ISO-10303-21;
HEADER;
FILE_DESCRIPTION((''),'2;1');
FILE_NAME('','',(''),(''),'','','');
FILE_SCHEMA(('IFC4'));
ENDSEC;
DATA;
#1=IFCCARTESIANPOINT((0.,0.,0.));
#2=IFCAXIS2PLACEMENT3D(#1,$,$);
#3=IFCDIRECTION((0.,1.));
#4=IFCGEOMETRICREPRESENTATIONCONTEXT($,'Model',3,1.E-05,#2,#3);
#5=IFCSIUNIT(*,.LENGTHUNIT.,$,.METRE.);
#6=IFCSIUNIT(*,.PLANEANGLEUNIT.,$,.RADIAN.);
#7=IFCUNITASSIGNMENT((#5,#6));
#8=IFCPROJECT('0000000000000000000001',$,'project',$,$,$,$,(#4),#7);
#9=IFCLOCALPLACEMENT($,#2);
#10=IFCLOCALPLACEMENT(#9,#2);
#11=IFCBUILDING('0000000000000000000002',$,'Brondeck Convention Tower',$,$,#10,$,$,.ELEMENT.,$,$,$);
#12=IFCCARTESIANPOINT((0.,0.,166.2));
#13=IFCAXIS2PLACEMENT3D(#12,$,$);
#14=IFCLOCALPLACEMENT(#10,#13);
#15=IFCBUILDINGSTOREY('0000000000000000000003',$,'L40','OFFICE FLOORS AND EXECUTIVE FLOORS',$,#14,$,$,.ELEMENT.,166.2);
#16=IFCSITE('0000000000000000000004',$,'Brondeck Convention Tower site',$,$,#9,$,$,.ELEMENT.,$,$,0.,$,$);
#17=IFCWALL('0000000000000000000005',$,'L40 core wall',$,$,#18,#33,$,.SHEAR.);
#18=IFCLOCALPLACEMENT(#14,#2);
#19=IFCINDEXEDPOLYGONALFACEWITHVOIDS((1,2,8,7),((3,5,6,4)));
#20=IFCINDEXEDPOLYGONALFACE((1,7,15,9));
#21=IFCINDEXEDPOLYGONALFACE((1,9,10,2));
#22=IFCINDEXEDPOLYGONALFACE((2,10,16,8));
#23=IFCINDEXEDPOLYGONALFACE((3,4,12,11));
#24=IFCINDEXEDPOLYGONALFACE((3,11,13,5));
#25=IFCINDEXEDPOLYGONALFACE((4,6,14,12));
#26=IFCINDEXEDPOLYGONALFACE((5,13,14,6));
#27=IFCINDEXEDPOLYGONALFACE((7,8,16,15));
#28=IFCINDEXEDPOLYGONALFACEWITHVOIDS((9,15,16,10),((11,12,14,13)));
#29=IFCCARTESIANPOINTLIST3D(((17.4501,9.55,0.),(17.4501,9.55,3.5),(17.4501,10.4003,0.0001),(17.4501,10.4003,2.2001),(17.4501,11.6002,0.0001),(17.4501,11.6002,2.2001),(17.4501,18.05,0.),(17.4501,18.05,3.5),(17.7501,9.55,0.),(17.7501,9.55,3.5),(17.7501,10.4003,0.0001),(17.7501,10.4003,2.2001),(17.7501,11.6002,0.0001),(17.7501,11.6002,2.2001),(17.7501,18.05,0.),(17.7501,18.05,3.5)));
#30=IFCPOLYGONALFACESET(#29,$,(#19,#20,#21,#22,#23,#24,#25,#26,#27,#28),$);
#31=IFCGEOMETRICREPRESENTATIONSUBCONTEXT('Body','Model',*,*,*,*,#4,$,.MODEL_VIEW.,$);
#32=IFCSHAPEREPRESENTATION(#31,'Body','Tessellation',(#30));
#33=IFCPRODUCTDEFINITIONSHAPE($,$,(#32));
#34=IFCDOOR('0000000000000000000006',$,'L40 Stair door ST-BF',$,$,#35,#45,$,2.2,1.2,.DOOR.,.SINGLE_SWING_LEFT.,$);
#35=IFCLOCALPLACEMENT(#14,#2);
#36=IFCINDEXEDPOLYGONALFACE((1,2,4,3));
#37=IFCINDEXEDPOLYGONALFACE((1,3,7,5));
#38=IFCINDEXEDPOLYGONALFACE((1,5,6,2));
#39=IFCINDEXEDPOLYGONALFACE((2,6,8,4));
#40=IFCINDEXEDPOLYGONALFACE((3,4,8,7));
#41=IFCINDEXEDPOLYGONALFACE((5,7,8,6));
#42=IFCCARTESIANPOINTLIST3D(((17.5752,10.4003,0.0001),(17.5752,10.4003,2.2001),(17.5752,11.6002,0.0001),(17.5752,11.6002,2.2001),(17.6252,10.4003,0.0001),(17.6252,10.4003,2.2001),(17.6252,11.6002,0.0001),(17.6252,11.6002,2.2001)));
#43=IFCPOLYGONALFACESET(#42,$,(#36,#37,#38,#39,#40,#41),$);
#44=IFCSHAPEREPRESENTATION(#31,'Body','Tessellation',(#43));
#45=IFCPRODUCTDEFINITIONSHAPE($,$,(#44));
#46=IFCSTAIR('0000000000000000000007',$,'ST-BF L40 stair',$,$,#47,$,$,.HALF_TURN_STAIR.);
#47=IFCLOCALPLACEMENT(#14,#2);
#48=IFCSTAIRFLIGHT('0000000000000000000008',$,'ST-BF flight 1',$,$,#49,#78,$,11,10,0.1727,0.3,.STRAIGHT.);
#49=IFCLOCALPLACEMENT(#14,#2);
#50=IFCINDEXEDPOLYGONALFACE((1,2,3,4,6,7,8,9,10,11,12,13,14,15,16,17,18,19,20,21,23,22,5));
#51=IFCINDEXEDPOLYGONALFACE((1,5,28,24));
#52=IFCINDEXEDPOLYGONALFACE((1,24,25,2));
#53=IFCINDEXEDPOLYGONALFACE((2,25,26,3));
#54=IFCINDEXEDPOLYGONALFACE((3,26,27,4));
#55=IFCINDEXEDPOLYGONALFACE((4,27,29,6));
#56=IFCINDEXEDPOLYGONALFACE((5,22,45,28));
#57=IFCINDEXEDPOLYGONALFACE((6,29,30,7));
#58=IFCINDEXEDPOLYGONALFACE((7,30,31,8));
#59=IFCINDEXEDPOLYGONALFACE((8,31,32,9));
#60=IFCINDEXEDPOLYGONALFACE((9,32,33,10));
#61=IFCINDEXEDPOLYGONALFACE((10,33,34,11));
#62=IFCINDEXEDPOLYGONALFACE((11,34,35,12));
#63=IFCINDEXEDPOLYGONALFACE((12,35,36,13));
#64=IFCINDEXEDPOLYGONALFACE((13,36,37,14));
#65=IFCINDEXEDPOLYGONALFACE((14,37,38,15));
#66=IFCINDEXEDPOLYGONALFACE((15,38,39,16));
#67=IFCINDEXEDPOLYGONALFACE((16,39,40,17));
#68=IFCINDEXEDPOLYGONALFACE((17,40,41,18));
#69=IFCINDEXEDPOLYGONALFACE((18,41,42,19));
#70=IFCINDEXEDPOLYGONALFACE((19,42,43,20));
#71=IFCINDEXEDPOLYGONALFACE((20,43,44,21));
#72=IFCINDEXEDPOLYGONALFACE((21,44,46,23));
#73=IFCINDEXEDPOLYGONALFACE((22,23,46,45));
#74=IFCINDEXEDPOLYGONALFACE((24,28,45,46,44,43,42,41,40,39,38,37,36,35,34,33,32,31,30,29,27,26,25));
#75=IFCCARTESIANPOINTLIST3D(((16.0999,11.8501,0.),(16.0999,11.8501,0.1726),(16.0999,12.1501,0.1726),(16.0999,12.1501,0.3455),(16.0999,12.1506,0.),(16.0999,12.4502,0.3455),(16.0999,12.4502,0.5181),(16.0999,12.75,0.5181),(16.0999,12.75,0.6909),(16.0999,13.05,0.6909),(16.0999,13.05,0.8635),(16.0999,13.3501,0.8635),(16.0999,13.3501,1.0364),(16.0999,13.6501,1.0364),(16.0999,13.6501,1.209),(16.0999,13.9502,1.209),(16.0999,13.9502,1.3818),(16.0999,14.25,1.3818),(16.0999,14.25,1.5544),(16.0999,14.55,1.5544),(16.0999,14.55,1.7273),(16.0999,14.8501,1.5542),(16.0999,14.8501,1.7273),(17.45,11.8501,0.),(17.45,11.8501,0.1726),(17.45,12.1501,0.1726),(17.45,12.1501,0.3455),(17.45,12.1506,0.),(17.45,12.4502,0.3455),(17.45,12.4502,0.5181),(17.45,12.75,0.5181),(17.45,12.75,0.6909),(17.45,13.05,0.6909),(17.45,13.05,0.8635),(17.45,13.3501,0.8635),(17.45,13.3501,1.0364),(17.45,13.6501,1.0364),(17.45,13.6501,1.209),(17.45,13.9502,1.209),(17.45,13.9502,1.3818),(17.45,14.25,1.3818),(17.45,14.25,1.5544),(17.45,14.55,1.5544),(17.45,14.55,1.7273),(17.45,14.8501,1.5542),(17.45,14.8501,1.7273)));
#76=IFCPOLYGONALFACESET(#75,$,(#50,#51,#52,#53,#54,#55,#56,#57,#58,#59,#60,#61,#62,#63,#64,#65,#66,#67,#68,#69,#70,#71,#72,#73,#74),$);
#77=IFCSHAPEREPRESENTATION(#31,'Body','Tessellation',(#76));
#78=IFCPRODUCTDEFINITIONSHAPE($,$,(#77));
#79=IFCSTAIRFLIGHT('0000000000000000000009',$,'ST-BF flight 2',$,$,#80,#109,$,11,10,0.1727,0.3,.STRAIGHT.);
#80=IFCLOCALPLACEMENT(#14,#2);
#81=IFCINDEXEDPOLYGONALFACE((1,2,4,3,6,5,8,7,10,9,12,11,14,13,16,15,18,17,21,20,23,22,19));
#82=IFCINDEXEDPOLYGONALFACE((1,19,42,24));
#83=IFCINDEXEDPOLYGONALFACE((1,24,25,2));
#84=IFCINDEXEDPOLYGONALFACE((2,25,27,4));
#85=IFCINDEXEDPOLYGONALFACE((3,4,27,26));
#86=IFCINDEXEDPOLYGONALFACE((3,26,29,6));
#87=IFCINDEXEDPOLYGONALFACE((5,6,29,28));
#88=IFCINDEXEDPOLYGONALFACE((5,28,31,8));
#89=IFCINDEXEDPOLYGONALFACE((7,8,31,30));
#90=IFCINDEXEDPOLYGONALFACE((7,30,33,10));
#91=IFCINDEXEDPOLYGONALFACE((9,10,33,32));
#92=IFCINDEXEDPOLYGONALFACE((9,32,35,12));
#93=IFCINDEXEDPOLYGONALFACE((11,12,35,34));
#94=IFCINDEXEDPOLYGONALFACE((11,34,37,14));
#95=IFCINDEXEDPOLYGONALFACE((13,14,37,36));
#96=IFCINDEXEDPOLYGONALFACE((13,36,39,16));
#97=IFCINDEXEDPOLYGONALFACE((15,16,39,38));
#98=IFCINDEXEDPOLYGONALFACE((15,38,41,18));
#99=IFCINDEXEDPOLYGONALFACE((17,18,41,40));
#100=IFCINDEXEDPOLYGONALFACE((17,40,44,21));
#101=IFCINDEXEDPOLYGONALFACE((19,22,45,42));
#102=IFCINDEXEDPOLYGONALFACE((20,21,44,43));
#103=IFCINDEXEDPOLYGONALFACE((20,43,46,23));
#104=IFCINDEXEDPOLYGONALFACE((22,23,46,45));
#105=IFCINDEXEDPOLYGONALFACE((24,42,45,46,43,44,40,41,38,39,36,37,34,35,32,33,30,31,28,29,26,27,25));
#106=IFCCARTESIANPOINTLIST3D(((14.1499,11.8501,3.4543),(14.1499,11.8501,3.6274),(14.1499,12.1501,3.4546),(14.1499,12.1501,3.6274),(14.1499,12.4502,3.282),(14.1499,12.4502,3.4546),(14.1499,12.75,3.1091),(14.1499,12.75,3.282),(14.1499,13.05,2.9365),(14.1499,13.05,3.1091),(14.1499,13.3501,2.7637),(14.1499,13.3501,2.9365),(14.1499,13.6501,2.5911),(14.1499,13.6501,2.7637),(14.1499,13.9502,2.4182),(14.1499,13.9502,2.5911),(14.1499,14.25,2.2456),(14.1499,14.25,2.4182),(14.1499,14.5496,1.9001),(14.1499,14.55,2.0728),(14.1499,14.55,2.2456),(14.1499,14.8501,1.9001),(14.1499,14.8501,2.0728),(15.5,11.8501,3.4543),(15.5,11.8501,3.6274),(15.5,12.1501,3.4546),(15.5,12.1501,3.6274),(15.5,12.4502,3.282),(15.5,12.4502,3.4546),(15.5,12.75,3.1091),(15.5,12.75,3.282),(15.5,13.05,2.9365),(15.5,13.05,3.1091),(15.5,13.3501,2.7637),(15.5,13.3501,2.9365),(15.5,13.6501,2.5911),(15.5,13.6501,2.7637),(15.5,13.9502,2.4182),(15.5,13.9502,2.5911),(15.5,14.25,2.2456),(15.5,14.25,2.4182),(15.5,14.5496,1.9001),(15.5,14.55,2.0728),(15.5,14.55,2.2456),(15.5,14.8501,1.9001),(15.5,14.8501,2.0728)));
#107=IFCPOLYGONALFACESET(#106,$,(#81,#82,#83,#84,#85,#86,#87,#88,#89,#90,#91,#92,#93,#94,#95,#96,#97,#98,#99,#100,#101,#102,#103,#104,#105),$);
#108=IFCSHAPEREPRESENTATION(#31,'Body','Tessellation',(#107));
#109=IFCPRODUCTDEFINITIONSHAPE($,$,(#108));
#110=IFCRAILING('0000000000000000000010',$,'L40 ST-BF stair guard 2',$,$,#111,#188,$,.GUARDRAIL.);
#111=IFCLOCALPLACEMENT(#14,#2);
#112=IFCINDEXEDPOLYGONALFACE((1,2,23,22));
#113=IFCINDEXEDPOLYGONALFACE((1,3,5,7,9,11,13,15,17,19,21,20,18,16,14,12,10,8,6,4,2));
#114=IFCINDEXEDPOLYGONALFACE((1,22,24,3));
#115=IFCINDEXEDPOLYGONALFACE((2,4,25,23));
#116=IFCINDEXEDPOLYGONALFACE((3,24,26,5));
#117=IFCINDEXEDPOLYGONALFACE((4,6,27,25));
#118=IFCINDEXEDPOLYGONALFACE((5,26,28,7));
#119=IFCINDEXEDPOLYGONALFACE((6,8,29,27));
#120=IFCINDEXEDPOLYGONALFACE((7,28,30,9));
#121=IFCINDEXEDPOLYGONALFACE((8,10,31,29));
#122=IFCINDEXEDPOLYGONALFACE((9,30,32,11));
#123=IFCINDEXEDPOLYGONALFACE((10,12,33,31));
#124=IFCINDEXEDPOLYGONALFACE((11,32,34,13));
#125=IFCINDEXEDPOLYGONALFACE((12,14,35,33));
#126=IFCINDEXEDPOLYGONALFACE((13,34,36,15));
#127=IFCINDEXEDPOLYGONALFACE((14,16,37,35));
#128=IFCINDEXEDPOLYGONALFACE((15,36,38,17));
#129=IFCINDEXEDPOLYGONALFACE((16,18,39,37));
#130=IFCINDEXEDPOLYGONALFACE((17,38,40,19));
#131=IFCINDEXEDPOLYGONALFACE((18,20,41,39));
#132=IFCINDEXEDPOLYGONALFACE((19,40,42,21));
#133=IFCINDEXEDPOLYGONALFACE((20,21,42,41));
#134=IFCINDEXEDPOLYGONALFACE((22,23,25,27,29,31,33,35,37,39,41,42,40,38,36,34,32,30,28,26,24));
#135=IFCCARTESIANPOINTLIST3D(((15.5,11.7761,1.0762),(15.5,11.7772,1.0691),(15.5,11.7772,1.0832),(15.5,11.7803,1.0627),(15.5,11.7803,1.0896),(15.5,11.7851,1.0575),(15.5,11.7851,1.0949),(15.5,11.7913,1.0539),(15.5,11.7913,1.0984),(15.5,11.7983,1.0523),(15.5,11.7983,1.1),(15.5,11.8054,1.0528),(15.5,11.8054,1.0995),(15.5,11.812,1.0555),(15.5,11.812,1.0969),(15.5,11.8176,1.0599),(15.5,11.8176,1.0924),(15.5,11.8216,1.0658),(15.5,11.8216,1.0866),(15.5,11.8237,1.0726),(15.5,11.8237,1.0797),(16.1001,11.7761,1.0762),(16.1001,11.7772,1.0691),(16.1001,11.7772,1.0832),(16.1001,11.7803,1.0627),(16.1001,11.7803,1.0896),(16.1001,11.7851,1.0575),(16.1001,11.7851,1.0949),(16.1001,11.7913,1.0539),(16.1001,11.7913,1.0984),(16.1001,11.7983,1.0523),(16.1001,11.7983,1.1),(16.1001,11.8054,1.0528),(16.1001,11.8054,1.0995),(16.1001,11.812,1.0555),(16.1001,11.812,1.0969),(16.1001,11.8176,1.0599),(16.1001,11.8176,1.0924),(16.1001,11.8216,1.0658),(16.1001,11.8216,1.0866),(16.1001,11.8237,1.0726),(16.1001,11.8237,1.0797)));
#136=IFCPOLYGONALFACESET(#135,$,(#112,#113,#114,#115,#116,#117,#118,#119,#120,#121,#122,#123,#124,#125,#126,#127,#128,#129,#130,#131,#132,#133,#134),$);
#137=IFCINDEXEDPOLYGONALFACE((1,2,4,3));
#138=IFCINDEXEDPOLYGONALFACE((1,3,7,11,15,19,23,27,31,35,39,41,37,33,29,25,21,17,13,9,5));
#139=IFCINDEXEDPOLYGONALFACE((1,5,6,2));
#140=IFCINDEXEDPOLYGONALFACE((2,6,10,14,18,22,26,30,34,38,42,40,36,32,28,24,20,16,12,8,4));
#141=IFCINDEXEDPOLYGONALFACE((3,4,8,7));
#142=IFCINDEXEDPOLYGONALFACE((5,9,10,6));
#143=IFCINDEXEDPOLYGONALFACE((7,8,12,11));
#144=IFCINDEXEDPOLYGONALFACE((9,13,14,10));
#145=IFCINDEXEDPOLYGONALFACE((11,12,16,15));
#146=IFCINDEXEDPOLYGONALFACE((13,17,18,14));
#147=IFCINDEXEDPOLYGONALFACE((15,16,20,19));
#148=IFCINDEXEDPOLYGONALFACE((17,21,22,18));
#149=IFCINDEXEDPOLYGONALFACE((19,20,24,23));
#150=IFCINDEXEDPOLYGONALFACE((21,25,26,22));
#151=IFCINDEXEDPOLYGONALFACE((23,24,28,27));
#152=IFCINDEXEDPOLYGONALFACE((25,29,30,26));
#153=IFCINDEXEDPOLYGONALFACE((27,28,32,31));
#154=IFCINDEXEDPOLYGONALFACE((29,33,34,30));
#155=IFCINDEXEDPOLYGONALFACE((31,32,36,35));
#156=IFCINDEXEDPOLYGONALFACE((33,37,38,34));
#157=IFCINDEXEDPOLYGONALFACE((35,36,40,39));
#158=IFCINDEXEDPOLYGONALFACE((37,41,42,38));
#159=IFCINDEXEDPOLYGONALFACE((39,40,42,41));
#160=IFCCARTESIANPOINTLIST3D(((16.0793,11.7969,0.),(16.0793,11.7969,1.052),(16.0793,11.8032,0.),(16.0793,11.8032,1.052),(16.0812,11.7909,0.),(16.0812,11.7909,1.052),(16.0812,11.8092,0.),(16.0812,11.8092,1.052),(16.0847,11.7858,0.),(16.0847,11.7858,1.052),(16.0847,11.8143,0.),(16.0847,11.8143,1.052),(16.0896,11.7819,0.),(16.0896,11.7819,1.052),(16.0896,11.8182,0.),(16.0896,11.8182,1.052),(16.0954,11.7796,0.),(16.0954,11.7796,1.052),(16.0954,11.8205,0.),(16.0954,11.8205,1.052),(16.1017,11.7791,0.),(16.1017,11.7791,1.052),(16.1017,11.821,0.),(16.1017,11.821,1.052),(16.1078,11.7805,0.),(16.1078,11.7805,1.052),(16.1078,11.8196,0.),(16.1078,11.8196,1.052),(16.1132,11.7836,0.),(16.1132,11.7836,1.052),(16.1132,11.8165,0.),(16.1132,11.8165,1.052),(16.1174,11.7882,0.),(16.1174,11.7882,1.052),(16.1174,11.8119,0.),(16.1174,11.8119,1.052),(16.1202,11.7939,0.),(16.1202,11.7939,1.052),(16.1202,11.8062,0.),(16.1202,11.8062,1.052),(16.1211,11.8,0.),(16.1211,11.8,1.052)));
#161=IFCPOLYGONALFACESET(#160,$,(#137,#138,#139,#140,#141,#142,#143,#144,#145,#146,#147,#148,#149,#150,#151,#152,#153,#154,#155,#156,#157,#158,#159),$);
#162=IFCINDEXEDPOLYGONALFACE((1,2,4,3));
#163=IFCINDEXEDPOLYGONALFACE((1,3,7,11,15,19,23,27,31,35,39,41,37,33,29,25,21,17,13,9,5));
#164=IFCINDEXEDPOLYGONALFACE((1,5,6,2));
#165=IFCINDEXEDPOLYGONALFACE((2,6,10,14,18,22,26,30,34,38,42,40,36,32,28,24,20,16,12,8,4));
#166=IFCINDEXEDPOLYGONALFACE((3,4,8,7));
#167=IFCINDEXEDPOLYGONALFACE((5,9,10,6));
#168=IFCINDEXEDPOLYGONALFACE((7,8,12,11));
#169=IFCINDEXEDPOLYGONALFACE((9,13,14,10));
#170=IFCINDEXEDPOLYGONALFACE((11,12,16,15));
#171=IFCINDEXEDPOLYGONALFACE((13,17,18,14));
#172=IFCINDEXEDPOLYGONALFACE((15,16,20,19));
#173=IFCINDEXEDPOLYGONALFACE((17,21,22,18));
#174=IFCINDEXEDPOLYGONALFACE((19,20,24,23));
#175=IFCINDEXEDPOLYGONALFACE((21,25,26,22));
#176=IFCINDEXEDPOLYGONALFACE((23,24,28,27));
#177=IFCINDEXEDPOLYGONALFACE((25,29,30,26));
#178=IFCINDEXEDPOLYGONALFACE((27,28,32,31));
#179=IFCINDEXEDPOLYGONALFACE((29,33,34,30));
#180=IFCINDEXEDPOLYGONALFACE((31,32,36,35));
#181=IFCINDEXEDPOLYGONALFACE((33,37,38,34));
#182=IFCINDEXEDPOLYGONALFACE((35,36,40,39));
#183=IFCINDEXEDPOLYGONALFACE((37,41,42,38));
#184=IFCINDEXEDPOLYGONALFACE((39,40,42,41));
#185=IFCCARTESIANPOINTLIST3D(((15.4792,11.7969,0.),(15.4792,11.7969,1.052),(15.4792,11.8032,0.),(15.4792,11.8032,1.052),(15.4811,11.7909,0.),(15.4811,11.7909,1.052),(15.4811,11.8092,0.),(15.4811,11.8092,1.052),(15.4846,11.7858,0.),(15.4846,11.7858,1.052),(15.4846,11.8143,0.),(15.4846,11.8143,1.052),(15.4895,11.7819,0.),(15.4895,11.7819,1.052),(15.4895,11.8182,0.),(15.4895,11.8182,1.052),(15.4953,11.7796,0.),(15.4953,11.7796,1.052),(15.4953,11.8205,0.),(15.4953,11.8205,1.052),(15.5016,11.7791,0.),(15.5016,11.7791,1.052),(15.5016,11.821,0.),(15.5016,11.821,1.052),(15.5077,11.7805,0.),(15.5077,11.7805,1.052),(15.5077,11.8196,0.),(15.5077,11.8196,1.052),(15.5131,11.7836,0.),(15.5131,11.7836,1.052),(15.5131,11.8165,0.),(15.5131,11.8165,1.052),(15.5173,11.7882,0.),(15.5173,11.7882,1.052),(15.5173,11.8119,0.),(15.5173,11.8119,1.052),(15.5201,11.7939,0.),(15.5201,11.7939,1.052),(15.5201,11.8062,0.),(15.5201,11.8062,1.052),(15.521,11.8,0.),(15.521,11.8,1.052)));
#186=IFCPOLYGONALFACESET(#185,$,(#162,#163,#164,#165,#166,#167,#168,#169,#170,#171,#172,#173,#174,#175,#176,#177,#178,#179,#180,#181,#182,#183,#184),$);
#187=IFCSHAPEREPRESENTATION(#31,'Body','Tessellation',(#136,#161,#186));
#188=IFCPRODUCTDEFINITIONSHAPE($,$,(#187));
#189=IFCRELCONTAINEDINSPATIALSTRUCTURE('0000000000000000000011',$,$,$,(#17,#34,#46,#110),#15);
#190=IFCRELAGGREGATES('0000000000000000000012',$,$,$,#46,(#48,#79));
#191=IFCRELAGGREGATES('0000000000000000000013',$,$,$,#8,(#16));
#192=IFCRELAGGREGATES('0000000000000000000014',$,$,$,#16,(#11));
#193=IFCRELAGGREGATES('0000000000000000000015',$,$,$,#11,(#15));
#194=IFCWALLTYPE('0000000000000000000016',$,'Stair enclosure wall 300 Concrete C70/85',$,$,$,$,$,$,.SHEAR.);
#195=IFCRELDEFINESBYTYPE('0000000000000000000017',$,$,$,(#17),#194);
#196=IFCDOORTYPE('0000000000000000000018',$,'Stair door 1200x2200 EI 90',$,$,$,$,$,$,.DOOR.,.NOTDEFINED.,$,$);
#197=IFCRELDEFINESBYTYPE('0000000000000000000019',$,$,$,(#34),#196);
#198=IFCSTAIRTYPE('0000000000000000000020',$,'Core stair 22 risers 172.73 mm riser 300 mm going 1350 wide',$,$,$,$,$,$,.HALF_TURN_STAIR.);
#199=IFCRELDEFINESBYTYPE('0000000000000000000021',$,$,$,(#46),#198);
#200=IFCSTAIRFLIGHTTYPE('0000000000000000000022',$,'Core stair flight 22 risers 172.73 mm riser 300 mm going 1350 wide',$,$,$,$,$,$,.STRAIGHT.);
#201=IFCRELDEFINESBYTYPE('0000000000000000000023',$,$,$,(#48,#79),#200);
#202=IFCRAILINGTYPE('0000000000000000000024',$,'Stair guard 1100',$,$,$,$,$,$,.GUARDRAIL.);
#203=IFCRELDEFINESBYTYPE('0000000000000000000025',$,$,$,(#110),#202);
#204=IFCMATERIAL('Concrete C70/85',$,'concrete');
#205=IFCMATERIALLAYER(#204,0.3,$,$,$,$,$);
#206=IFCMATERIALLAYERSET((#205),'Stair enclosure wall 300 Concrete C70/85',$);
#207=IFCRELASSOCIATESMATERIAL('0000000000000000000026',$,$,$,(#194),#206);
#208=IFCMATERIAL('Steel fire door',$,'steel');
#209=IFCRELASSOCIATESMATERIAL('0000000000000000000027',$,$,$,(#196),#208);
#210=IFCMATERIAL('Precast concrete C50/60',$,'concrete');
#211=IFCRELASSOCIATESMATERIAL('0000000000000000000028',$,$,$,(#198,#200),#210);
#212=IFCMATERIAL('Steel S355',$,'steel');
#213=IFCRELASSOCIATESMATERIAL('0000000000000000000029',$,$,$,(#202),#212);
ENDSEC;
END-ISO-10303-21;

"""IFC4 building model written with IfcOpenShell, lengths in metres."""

from ifc_helpers import new_model, si_unit, direction, frame, frame_2d, origin, origin_2d, place, context, subcontext, project, spatial, polyline, rectangle, circle, outline, extrude, material, layer, layer_set, type_object, element, fill, aggregate, save


model = new_model("IFC4")

# Units and contexts
model_context = context("Model", 3, precision=1e-05, world=origin(), true_north=direction((0.0, 1.0)))
body_context = subcontext(model_context, "Body", "Model", "MODEL_VIEW")
ifc_project = project(units=[si_unit("LENGTHUNIT", "METRE"), si_unit("PLANEANGLEUNIT", "RADIAN")], contexts=[model_context])

# Site, building, storey
site_placement = place(None, origin())
site = spatial("IfcSite", under=ifc_project, at=site_placement, Name="Brondeck Convention Tower site", CompositionType="ELEMENT", RefElevation=0.0)
building_placement = place(site_placement, origin())
building = spatial("IfcBuilding", under=site, at=building_placement, Name="Brondeck Convention Tower", CompositionType="ELEMENT")
storey_placement = place(building_placement, frame((0.0, 0.0, 166.2)))
storey = spatial("IfcBuildingStorey", under=building, at=storey_placement, Name="L40", Description="OFFICE FLOORS AND EXECUTIVE FLOORS", CompositionType="ELEMENT", Elevation=166.2)

# Shared definitions
ifc_material_1 = material(Name="Concrete C70/85", Category="concrete")

# Shared definitions
ifc_material_2 = material(Name="Steel S355", Category="steel")

# Shared definitions
ifc_layer_1 = layer(ifc_material_1, 0.3)
ifc_layer_set_1 = layer_set([ifc_layer_1], Name="Stair enclosure wall 300 Concrete C70/85")
wall_type_1 = type_object("IfcWallType", Name="Stair enclosure wall 300 Concrete C70/85", PredefinedType="SHEAR", material=ifc_layer_set_1)

# Wall, opening, door
wall_1_placement = place(storey_placement, frame((17.6001, 9.55, 0.0), z_axis=(0.0, 0.0, 1.0), x_axis=(0.0, 1.0, 0.0)))
wall_1 = element("IfcWall", 1, at=wall_1_placement, inside=storey, type_object=wall_type_1, Name="L40 core wall", PredefinedType="SHEAR", context=body_context, shape_type="SweptSolid", body=[
    extrude(rectangle(XDim=8.5, YDim=0.3, at=frame_2d((4.25, 0.0))), origin(), (0.0, 0.0, 1.0), 3.5),
])
opening_1_placement = place(wall_1_placement, frame((0.8501, 0.0, 0.0)))
opening_1 = element("IfcOpeningElement", 2, at=opening_1_placement, cuts=wall_1, PredefinedType="OPENING", context=body_context, shape_type="SweptSolid", body=[
    extrude(rectangle(XDim=1.2, YDim=2.2, at=frame_2d((0.6001, 1.1001))), frame((0.0, 0.1599, 0.0), z_axis=(0.0, -1.0, 0.0), x_axis=(1.0, 0.0, 0.0)), (0.0, 0.0, 1.0), 0.3201),
])
ifc_material_3 = material(Name="Steel fire door", Category="steel")
door_type_1 = type_object("IfcDoorType", Name="Stair door 1200x2200 EI 90", OperationType="NOTDEFINED", PredefinedType="DOOR", material=ifc_material_3)
door_1_placement = place(opening_1_placement, origin())
door_1 = element("IfcDoor", 3, at=door_1_placement, inside=storey, type_object=door_type_1, Name="L40 Stair door ST-BF", OperationType="SINGLE_SWING_LEFT", OverallHeight=2.2, OverallWidth=1.2, PredefinedType="DOOR", context=body_context, shape_type="SweptSolid", body=[
    extrude(rectangle(XDim=1.2, YDim=2.2, at=frame_2d((0.6001, 1.1001))), frame((0.0, 0.0249, 0.0), z_axis=(0.0, -1.0, 0.0), x_axis=(1.0, 0.0, 0.0)), (0.0, 0.0, 1.0), 0.05),
])
fill(opening_1, door_1)

# Stair, stair flights
ifc_material_4 = material(Name="Precast concrete C50/60", Category="concrete")
stair_type = type_object("IfcStairType", Name="Core stair 22 risers 172.73 mm riser 300 mm going 1350 wide", PredefinedType="HALF_TURN_STAIR", material=ifc_material_4)
stair_placement = place(storey_placement, origin())
stair = element("IfcStair", 4, at=stair_placement, inside=storey, type_object=stair_type, Name="ST-BF L40 stair", PredefinedType="HALF_TURN_STAIR")
stair_flight_type = type_object("IfcStairFlightType", Name="Core stair flight 22 risers 172.73 mm riser 300 mm going 1350 wide", PredefinedType="STRAIGHT", material=ifc_material_4)
stair_flight_1_placement = place(storey_placement, frame((16.7749, 11.8501, 0.0), z_axis=(0.0, 0.0, 1.0), x_axis=(0.0, 1.0, 0.0)))
stair_flight_1 = element("IfcStairFlight", 5, at=stair_flight_1_placement, type_object=stair_flight_type, Name="ST-BF flight 1", NumberOfRisers=11, NumberOfTreads=10, PredefinedType="STRAIGHT", RiserHeight=0.1727, TreadLength=0.3, context=body_context, shape_type="SweptSolid", body=[
    extrude(outline(polyline([(0.0, 0.0), (0.0, 0.1726), (0.3, 0.1726), (0.3, 0.3455), (0.6001, 0.3455), (0.6001, 0.5181), (0.8999, 0.5181), (0.8999, 0.6909), (1.2, 0.6909), (1.2, 0.8635), (1.5, 0.8635), (1.5, 1.0364), (1.8, 1.0364), (1.8, 1.209), (2.1001, 1.209), (2.1001, 1.3818), (2.3999, 1.3818), (2.3999, 1.5544), (2.7, 1.5544), (2.7, 1.7273), (3.0, 1.7273), (3.0, 1.8999), (3.0, 1.5542), (0.3005, 0.0), (0.0, 0.0)])), frame((0.0, 0.675, 0.0), z_axis=(0.0, -1.0, 0.0), x_axis=(1.0, 0.0, 0.0)), (0.0, 0.0, 1.0), 1.3501),
])
stair_flight_2_placement = place(storey_placement, frame((14.825, 14.8501, 1.9001), z_axis=(0.0, 0.0, 1.0), x_axis=(0.0, -1.0, 0.0)))
stair_flight_2 = element("IfcStairFlight", 6, at=stair_flight_2_placement, type_object=stair_flight_type, Name="ST-BF flight 2", NumberOfRisers=11, NumberOfTreads=10, PredefinedType="STRAIGHT", RiserHeight=0.1727, TreadLength=0.3, context=body_context, shape_type="SweptSolid", body=[
    extrude(outline(polyline([(0.0, 0.0), (0.0, 0.1726), (0.3, 0.1726), (0.3, 0.3455), (0.6001, 0.3455), (0.6001, 0.5181), (0.8999, 0.5181), (0.8999, 0.6909), (1.2, 0.6909), (1.2, 0.8635), (1.5, 0.8635), (1.5, 1.0364), (1.8, 1.0364), (1.8, 1.209), (2.1001, 1.209), (2.1001, 1.3818), (2.3999, 1.3818), (2.3999, 1.5544), (2.7, 1.5544), (2.7, 1.7273), (3.0, 1.7273), (3.0, 1.8999), (3.0, 1.5542), (0.3005, 0.0), (0.0, 0.0)])), frame((0.0, 0.675, 0.0), z_axis=(0.0, -1.0, 0.0), x_axis=(1.0, 0.0, 0.0)), (0.0, 0.0, 1.0), 1.3501),
])
aggregate(stair, [stair_flight_1, stair_flight_2])

# Railing
railing_type_1 = type_object("IfcRailingType", Name="Stair guard 1100", PredefinedType="GUARDRAIL", material=ifc_material_2)
railing_1_placement = place(storey_placement, frame((16.1001, 11.8, 0.0)))
element("IfcRailing", 7, at=railing_1_placement, inside=storey, type_object=railing_type_1, Name="L40 ST-BF stair guard 2", PredefinedType="GUARDRAIL", context=body_context, shape_type="SweptSolid", body=[
    extrude(circle(Radius=0.0239, at=origin_2d()), frame((0.0, 0.0, 1.0762), z_axis=(-1.0, 0.0, 0.0), x_axis=(0.0, -1.0, 0.0)), (0.0, 0.0, 1.0), 0.6001),
    extrude(circle(Radius=0.021, at=origin_2d()), origin(), (0.0, 0.0, 1.0), 1.052),
    extrude(circle(Radius=0.021, at=origin_2d()), frame((-0.6001, 0.0, 0.0)), (0.0, 0.0, 1.0), 1.052),
])

save(model, "model.ifc")
